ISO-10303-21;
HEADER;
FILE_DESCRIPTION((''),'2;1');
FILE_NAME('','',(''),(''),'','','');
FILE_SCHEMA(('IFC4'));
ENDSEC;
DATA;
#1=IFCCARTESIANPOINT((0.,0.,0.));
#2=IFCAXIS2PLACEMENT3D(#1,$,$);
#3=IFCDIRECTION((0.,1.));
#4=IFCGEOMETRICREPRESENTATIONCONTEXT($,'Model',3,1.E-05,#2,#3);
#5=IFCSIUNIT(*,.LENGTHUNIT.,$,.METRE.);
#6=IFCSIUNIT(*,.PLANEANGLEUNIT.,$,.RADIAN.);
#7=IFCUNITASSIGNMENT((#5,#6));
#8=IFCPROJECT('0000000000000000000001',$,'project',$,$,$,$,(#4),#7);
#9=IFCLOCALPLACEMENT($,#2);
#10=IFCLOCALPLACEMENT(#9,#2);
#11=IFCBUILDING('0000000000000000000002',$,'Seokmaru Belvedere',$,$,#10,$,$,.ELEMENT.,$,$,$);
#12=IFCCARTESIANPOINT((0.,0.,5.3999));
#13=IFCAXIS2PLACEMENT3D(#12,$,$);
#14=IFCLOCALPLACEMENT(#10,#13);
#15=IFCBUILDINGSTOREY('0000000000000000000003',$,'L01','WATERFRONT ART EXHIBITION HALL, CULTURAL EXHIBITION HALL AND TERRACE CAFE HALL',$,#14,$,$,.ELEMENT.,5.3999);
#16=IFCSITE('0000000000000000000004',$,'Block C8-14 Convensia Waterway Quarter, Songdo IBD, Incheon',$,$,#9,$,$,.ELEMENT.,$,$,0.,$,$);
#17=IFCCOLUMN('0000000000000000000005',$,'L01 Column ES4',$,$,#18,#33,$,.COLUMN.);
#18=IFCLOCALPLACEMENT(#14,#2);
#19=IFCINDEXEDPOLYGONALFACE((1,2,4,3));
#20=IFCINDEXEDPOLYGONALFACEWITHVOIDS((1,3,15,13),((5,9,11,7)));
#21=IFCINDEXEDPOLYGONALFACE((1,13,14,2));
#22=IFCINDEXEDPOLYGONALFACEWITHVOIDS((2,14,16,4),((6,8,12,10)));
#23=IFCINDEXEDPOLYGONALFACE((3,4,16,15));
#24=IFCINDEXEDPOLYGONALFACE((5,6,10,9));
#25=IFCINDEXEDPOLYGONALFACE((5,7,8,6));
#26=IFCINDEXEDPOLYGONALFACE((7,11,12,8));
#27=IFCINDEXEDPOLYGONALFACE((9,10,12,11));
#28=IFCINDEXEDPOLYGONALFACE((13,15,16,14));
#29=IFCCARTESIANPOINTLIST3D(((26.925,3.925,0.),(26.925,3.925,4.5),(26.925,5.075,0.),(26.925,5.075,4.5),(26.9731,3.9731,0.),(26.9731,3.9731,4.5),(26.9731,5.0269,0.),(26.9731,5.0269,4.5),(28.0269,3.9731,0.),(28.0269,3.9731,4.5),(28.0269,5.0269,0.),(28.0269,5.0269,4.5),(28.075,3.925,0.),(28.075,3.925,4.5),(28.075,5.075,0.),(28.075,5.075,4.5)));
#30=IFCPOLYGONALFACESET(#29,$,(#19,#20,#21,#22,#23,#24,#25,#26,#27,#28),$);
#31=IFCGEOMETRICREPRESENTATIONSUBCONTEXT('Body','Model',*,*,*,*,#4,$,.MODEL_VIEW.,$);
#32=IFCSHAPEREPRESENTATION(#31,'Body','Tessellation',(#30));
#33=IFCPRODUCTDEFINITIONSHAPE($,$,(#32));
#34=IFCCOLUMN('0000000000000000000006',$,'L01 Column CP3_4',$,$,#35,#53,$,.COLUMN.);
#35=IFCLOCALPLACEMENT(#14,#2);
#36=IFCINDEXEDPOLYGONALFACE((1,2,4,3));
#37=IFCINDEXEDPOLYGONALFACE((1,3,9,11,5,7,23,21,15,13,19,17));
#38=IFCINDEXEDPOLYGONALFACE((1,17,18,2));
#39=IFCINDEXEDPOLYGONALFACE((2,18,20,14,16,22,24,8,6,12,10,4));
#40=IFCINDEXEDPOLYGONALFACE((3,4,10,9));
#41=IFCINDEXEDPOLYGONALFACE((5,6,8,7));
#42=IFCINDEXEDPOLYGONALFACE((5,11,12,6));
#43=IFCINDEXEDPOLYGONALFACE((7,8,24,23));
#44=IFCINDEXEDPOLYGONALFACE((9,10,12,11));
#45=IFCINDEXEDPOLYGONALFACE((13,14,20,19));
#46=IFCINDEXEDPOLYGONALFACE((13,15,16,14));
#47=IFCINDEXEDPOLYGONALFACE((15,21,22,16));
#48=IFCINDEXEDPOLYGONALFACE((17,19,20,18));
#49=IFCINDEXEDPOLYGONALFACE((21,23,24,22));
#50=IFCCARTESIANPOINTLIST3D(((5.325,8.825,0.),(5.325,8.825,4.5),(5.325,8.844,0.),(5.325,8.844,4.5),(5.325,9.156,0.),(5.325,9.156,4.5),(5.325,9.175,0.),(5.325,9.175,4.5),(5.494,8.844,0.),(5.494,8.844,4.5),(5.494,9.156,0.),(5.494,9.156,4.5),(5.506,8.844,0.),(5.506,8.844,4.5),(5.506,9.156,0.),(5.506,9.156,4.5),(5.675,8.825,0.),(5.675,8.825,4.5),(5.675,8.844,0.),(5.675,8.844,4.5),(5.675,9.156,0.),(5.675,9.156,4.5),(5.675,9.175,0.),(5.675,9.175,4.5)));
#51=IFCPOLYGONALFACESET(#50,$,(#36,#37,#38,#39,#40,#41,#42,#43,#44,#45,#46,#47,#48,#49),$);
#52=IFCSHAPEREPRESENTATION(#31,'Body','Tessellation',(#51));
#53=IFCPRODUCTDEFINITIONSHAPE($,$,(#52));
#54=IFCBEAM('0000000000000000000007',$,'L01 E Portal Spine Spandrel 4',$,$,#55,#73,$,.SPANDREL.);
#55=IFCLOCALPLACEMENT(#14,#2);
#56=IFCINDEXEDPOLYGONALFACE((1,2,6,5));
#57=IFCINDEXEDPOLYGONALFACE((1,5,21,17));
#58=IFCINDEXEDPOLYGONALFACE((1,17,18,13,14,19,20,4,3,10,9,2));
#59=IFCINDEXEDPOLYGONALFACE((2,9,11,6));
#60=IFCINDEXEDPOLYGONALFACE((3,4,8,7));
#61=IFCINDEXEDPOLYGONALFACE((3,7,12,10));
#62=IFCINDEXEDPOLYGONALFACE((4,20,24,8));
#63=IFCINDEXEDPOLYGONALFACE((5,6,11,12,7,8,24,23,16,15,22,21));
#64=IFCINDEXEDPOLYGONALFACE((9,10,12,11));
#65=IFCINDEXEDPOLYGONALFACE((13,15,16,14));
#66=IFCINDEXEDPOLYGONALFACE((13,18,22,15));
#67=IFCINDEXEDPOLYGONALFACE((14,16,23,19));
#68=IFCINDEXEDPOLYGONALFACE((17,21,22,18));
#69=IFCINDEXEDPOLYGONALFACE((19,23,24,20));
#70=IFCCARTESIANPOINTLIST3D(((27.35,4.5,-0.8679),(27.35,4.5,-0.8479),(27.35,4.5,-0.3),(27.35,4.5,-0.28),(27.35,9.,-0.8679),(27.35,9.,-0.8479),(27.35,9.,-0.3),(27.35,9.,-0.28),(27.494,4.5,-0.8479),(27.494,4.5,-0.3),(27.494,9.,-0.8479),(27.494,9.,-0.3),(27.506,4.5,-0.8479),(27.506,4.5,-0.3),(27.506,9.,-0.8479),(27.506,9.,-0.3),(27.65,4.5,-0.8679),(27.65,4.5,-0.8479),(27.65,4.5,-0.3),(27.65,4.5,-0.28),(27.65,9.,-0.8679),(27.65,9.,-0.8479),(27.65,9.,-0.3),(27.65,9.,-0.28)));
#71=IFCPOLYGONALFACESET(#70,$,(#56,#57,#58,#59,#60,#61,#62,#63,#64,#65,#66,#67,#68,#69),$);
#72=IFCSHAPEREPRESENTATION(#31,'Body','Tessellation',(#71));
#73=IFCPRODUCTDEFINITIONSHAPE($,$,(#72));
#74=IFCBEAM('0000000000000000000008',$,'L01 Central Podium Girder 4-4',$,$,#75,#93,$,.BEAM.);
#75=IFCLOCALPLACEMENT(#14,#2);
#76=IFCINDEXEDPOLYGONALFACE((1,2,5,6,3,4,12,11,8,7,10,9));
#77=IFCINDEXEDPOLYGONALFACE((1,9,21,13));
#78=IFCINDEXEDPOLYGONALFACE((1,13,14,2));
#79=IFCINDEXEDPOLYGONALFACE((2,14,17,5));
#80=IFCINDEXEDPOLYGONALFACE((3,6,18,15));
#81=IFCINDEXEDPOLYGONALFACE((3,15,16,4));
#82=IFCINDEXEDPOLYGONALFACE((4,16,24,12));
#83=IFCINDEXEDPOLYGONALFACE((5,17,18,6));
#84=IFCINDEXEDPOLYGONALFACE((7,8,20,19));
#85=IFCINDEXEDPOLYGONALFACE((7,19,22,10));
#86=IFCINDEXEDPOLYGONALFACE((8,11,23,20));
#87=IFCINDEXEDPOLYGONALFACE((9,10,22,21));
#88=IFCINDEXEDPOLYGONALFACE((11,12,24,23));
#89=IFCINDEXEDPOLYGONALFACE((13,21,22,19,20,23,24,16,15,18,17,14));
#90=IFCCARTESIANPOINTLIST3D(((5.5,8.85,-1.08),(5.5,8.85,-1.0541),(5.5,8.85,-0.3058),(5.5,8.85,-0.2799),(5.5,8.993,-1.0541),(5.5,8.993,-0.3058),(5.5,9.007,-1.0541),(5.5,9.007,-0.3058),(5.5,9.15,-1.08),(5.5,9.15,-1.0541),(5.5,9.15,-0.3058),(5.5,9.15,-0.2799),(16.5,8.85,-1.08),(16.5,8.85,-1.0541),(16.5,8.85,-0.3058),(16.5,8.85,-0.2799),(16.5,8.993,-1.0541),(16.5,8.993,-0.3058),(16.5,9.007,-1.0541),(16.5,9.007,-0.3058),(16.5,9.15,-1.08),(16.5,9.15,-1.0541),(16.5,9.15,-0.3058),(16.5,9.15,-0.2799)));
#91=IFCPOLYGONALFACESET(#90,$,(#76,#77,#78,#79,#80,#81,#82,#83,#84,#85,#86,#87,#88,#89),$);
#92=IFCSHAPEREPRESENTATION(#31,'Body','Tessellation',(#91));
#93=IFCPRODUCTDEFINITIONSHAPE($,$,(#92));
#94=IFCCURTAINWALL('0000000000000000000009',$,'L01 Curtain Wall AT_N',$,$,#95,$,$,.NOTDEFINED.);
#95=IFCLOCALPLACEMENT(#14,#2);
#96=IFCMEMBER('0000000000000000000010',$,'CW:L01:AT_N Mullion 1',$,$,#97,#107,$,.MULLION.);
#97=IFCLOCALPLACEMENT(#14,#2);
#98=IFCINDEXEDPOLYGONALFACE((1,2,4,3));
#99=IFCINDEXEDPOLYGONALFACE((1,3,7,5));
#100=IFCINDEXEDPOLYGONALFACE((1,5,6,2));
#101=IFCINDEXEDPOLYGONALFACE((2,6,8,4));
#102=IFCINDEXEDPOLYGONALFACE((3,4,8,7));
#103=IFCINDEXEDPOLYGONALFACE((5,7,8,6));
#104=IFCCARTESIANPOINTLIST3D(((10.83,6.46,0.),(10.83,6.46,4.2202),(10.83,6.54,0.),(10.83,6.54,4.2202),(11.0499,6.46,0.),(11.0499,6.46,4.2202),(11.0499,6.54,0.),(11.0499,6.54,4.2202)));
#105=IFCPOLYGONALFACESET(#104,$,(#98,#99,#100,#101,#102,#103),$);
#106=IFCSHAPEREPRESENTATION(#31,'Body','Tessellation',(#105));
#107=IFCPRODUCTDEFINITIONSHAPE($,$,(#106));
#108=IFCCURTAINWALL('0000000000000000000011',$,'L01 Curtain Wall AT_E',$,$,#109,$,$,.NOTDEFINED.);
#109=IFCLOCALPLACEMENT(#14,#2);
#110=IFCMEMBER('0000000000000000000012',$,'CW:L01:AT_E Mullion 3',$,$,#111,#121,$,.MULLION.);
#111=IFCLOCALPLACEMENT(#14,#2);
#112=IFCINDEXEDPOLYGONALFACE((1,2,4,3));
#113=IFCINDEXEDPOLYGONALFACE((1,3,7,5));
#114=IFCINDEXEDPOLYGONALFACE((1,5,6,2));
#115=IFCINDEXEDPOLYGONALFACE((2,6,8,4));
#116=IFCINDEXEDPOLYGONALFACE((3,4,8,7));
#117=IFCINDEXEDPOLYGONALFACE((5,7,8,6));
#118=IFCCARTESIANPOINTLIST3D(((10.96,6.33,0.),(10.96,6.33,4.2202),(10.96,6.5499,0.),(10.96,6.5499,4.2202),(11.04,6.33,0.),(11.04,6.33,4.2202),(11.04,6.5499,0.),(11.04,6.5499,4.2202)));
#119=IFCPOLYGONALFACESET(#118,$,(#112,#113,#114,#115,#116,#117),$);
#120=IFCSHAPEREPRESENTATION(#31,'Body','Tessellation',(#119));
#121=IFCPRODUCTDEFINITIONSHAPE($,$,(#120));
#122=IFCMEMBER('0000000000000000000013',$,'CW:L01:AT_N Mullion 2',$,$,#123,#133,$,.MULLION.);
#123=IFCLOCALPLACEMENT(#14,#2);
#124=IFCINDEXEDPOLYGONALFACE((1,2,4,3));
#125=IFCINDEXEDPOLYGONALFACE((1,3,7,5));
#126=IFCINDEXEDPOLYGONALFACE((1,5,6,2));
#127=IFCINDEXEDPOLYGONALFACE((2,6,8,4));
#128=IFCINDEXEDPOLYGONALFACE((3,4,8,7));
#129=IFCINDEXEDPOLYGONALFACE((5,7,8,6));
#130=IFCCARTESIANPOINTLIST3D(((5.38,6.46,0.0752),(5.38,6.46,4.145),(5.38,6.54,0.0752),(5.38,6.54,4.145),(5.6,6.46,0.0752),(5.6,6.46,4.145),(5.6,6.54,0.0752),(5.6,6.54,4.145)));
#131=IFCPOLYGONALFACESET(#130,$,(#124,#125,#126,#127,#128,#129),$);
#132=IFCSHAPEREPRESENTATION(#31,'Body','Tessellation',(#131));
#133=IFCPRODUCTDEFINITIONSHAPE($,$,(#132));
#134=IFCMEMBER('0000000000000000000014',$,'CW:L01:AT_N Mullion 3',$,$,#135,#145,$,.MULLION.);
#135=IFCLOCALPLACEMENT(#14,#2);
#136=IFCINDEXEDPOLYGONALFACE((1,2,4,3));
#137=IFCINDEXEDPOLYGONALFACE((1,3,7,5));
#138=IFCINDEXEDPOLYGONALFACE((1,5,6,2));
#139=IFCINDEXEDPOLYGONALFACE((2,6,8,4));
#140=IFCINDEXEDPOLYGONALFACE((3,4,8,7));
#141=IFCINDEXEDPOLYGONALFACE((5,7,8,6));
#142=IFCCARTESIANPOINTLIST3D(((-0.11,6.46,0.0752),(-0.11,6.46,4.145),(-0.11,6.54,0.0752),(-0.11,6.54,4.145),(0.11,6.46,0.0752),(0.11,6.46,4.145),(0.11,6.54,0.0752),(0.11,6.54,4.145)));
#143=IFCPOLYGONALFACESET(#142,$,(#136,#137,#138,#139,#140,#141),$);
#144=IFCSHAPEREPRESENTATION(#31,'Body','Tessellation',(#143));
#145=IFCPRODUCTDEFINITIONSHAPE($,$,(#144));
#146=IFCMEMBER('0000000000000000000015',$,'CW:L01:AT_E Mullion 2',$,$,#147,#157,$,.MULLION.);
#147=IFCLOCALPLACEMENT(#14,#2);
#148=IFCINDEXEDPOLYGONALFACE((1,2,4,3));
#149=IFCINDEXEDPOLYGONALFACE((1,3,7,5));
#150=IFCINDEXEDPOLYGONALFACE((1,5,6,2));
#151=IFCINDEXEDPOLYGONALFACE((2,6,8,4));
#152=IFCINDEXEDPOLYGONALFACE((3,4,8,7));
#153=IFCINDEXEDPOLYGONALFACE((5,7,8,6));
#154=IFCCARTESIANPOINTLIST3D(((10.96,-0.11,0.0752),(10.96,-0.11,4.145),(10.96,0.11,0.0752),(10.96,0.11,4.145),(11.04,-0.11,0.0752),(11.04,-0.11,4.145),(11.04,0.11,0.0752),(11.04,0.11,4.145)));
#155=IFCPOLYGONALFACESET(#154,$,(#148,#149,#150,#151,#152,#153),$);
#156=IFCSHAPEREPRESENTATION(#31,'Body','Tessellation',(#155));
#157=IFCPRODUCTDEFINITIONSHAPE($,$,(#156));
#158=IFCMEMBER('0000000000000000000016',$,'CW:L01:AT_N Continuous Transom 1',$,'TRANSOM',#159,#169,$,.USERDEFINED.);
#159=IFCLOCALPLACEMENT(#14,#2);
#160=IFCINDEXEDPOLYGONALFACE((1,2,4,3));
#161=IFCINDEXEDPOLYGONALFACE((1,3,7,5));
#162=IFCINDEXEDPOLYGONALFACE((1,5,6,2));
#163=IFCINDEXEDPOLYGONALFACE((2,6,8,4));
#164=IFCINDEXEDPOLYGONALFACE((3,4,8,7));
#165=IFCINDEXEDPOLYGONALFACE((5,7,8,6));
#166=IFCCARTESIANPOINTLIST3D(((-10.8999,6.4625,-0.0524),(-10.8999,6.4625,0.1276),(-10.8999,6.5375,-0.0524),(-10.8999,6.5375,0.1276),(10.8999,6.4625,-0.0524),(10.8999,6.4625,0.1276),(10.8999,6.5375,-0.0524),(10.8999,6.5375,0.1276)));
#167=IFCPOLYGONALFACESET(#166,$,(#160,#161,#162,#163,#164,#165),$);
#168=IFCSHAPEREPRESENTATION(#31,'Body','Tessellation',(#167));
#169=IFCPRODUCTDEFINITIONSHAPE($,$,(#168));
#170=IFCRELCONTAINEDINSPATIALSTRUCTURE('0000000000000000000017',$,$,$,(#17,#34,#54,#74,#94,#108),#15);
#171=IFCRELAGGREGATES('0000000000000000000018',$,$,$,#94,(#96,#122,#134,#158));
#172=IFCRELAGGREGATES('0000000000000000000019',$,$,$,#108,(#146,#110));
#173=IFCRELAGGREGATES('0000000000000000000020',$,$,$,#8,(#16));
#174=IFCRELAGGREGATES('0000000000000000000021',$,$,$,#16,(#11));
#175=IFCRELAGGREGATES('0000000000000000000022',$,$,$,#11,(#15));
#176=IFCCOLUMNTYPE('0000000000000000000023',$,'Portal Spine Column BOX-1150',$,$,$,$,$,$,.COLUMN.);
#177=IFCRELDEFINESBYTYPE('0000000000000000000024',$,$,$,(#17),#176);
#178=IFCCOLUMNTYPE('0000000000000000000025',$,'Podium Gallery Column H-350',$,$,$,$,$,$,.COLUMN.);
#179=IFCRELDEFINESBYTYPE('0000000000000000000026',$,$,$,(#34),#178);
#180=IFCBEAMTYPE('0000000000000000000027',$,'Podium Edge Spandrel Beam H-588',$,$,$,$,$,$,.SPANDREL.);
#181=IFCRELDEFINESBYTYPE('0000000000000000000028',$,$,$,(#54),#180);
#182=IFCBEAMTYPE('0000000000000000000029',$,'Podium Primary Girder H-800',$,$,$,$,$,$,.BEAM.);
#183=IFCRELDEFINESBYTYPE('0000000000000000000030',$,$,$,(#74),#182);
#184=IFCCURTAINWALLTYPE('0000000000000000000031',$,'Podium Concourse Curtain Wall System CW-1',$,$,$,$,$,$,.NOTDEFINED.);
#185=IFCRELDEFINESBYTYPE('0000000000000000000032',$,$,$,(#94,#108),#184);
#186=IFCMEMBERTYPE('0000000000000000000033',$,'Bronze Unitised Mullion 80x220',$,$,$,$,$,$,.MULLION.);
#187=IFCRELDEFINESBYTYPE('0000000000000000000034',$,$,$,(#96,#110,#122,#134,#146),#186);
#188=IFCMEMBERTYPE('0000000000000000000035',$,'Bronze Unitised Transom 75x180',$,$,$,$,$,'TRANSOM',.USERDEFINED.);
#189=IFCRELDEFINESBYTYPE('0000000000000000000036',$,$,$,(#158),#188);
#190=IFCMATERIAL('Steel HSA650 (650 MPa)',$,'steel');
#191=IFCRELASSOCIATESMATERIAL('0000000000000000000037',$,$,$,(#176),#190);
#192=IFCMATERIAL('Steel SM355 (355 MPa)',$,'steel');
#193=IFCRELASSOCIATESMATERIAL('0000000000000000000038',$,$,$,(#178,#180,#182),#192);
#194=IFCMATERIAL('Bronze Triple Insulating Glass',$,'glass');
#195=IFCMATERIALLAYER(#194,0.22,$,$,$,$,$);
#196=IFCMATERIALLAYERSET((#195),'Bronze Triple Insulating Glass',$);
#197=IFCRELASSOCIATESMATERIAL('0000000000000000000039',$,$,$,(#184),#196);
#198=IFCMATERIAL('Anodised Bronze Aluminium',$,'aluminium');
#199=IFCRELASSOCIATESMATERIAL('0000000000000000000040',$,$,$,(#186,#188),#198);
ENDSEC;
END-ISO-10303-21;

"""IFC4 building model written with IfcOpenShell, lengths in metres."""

from ifc_helpers import new_model, si_unit, direction, frame, origin, origin_2d, place, context, subcontext, project, spatial, rectangle, hollow_rectangle, i_section, extrude, source, transform, mapped, material, layer, layer_set, material_profile, profile_set, type_object, type_shapes, element, aggregate, save


model = new_model("IFC4")

# Units and contexts
model_context = context("Model", 3, precision=1e-05, world=origin(), true_north=direction((0.0, 1.0)))
body_context = subcontext(model_context, "Body", "Model", "MODEL_VIEW")
ifc_project = project(units=[si_unit("LENGTHUNIT", "METRE"), si_unit("PLANEANGLEUNIT", "RADIAN")], contexts=[model_context])

# Site, building, storey
site_placement = place(None, origin())
site = spatial("IfcSite", under=ifc_project, at=site_placement, Name="Block C8-14 Convensia Waterway Quarter, Songdo IBD, Incheon", CompositionType="ELEMENT", RefElevation=0.0)
building_placement = place(site_placement, origin())
building = spatial("IfcBuilding", under=site, at=building_placement, Name="Seokmaru Belvedere", CompositionType="ELEMENT")
storey_placement = place(building_placement, frame((0.0, 0.0, 5.3999)))
storey = spatial("IfcBuildingStorey", under=building, at=storey_placement, Name="L01", Description="WATERFRONT ART EXHIBITION HALL, CULTURAL EXHIBITION HALL AND TERRACE CAFE HALL", CompositionType="ELEMENT", Elevation=5.3999)

# Columns
ifc_material_1 = material(Name="Steel HSA650 (650 MPa)", Category="steel")
ifc_material_profile_1 = material_profile(ifc_material_1, hollow_rectangle(XDim=1.1499, YDim=1.1499, WallThickness=0.0481, at=origin_2d()), Name="BOX-1150x1150x48")
ifc_profile_set_1 = profile_set([ifc_material_profile_1], Name="Steel HSA650 (650 MPa)")
column_type_1 = type_object("IfcColumnType", Name="Portal Spine Column BOX-1150", PredefinedType="COLUMN", material=ifc_profile_set_1)
shared_shape_1 = source(origin(), body_context, "Body", "SweptSolid", [
    extrude(hollow_rectangle(XDim=1.1499, YDim=1.1499, WallThickness=0.0481, at=origin_2d()), origin(), (0.0, 0.0, 1.0), 4.5),
])
type_shapes(column_type_1, [shared_shape_1])
column_1_placement = place(storey_placement, frame((27.5, 4.5, 0.0), z_axis=(0.0, 0.0, 1.0), x_axis=(1.0, 0.0, 0.0)))
element("IfcColumn", 1, at=column_1_placement, inside=storey, type_object=column_type_1, Name="L01 Column ES4", PredefinedType="COLUMN", context=body_context, shape_type="MappedRepresentation", body=[
    mapped(shared_shape_1, transform((0.0, 0.0, 0.0), scale=1.0)),
])
ifc_material_2 = material(Name="Steel SM355 (355 MPa)", Category="steel")
ifc_material_profile_2 = material_profile(ifc_material_2, i_section(OverallWidth=0.3501, OverallDepth=0.3501, WebThickness=0.012, FlangeThickness=0.019, at=origin_2d()), Name="H-350x350x12x19")
ifc_profile_set_2 = profile_set([ifc_material_profile_2], Name="Steel SM355 (355 MPa)")
column_type_2 = type_object("IfcColumnType", Name="Podium Gallery Column H-350", PredefinedType="COLUMN", material=ifc_profile_set_2)
shared_shape_2 = source(origin(), body_context, "Body", "SweptSolid", [
    extrude(i_section(OverallWidth=0.3501, OverallDepth=0.3501, WebThickness=0.012, FlangeThickness=0.019, at=origin_2d()), origin(), (0.0, 0.0, 1.0), 4.5),
])
type_shapes(column_type_2, [shared_shape_2])
column_2_placement = place(storey_placement, frame((5.5, 9.0, 0.0), z_axis=(0.0, 0.0, 1.0), x_axis=(1.0, 0.0, 0.0)))
element("IfcColumn", 2, at=column_2_placement, inside=storey, type_object=column_type_2, Name="L01 Column CP3_4", PredefinedType="COLUMN", context=body_context, shape_type="MappedRepresentation", body=[
    mapped(shared_shape_2, transform((0.0, 0.0, 0.0), scale=1.0)),
])

# Beams
ifc_material_profile_3 = material_profile(ifc_material_2, i_section(OverallWidth=0.3, OverallDepth=0.5879, WebThickness=0.012, FlangeThickness=0.02, at=origin_2d()), Name="H-588x300x12x20")
ifc_profile_set_3 = profile_set([ifc_material_profile_3], Name="Steel SM355 (355 MPa)")
beam_type_1 = type_object("IfcBeamType", Name="Podium Edge Spandrel Beam H-588", PredefinedType="SPANDREL", material=ifc_profile_set_3)
shared_shape_3 = source(origin(), body_context, "Body", "SweptSolid", [
    extrude(i_section(OverallWidth=0.3, OverallDepth=0.5879, WebThickness=0.012, FlangeThickness=0.02, at=origin_2d()), origin(), (0.0, 0.0, 1.0), 4.5),
])
type_shapes(beam_type_1, [shared_shape_3])
beam_1_placement = place(storey_placement, frame((27.5, 4.5, -0.574), z_axis=(0.0, 1.0, 0.0), x_axis=(-1.0, 0.0, 0.0)))
element("IfcBeam", 3, at=beam_1_placement, inside=storey, type_object=beam_type_1, Name="L01 E Portal Spine Spandrel 4", PredefinedType="SPANDREL", context=body_context, shape_type="MappedRepresentation", body=[
    mapped(shared_shape_3, transform((0.0, 0.0, 0.0), scale=1.0)),
])
ifc_material_profile_4 = material_profile(ifc_material_2, i_section(OverallWidth=0.3, OverallDepth=0.8, WebThickness=0.0139, FlangeThickness=0.0259, at=origin_2d()), Name="H-800x300x14x26")
ifc_profile_set_4 = profile_set([ifc_material_profile_4], Name="Steel SM355 (355 MPa)")
beam_type_2 = type_object("IfcBeamType", Name="Podium Primary Girder H-800", PredefinedType="BEAM", material=ifc_profile_set_4)
shared_shape_4 = source(origin(), body_context, "Body", "SweptSolid", [
    extrude(i_section(OverallWidth=0.3, OverallDepth=0.8, WebThickness=0.0139, FlangeThickness=0.0259, at=origin_2d()), origin(), (0.0, 0.0, 1.0), 11.0),
])
type_shapes(beam_type_2, [shared_shape_4])
beam_2_placement = place(storey_placement, frame((5.5, 9.0, -0.6799), z_axis=(1.0, 0.0, 0.0), x_axis=(0.0, 1.0, 0.0)))
element("IfcBeam", 4, at=beam_2_placement, inside=storey, type_object=beam_type_2, Name="L01 Central Podium Girder 4-4", PredefinedType="BEAM", context=body_context, shape_type="MappedRepresentation", body=[
    mapped(shared_shape_4, transform((0.0, 0.0, 0.0), scale=1.0)),
])

# Curtain walls, members
ifc_material_3 = material(Name="Bronze Triple Insulating Glass", Category="glass")
ifc_layer_1 = layer(ifc_material_3, 0.22)
ifc_layer_set_1 = layer_set([ifc_layer_1], Name="Bronze Triple Insulating Glass")
curtain_wall_type = type_object("IfcCurtainWallType", Name="Podium Concourse Curtain Wall System CW-1", PredefinedType="NOTDEFINED", material=ifc_layer_set_1)
curtain_wall_1_placement = place(storey_placement, origin())
curtain_wall_1 = element("IfcCurtainWall", 5, at=curtain_wall_1_placement, inside=storey, type_object=curtain_wall_type, Name="L01 Curtain Wall AT_N", PredefinedType="NOTDEFINED")
ifc_material_4 = material(Name="Anodised Bronze Aluminium", Category="aluminium")
ifc_material_profile_5 = material_profile(ifc_material_4, rectangle(XDim=0.0801, YDim=0.22, at=origin_2d()), Name="CW-M-80x220")
ifc_profile_set_5 = profile_set([ifc_material_profile_5], Name="Anodised Bronze Aluminium")
member_type_1 = type_object("IfcMemberType", Name="Bronze Unitised Mullion 80x220", PredefinedType="MULLION", material=ifc_profile_set_5)
shared_shape_5 = source(origin(), body_context, "Body", "SweptSolid", [
    extrude(rectangle(XDim=0.0801, YDim=0.22, at=origin_2d()), origin(), (0.0, 0.0, 1.0), 4.2202),
])
member_1_placement = place(storey_placement, frame((10.9399, 6.5, 0.0), z_axis=(0.0, 0.0, 1.0), x_axis=(0.0, -1.0, 0.0)))
member_1 = element("IfcMember", 6, at=member_1_placement, type_object=member_type_1, Name="CW:L01:AT_N Mullion 1", PredefinedType="MULLION", context=body_context, shape_type="MappedRepresentation", body=[
    mapped(shared_shape_5, transform((0.0, 0.0, 0.0), scale=1.0)),
])
curtain_wall_2_placement = place(storey_placement, origin())
curtain_wall_2 = element("IfcCurtainWall", 7, at=curtain_wall_2_placement, inside=storey, type_object=curtain_wall_type, Name="L01 Curtain Wall AT_E", PredefinedType="NOTDEFINED")
member_2_placement = place(storey_placement, frame((11.0, 6.4399, 0.0), z_axis=(0.0, 0.0, 1.0), x_axis=(-1.0, 0.0, 0.0)))
member_2 = element("IfcMember", 8, at=member_2_placement, type_object=member_type_1, Name="CW:L01:AT_E Mullion 3", PredefinedType="MULLION", context=body_context, shape_type="MappedRepresentation", body=[
    mapped(shared_shape_5, transform((0.0, 0.0, 0.0), scale=1.0)),
])

# Members
shared_shape_6 = source(origin(), body_context, "Body", "SweptSolid", [
    extrude(rectangle(XDim=0.0801, YDim=0.22, at=origin_2d()), origin(), (0.0, 0.0, 1.0), 4.0698),
])
type_shapes(member_type_1, [shared_shape_5, shared_shape_6])
member_3_placement = place(storey_placement, frame((5.49, 6.5, 0.0752), z_axis=(0.0, 0.0, 1.0), x_axis=(0.0, -1.0, 0.0)))
member_3 = element("IfcMember", 9, at=member_3_placement, type_object=member_type_1, Name="CW:L01:AT_N Mullion 2", PredefinedType="MULLION", context=body_context, shape_type="MappedRepresentation", body=[
    mapped(shared_shape_6, transform((0.0, 0.0, 0.0), scale=1.0)),
])
member_4_placement = place(storey_placement, frame((0.0, 6.5, 0.0752), z_axis=(0.0, 0.0, 1.0), x_axis=(0.0, -1.0, 0.0)))
member_4 = element("IfcMember", 10, at=member_4_placement, type_object=member_type_1, Name="CW:L01:AT_N Mullion 3", PredefinedType="MULLION", context=body_context, shape_type="MappedRepresentation", body=[
    mapped(shared_shape_6, transform((0.0, 0.0, 0.0), scale=1.0)),
])
member_5_placement = place(storey_placement, frame((11.0, 0.0, 0.0752), z_axis=(0.0, 0.0, 1.0), x_axis=(-1.0, 0.0, 0.0)))
member_5 = element("IfcMember", 11, at=member_5_placement, type_object=member_type_1, Name="CW:L01:AT_E Mullion 2", PredefinedType="MULLION", context=body_context, shape_type="MappedRepresentation", body=[
    mapped(shared_shape_6, transform((0.0, 0.0, 0.0), scale=1.0)),
])
ifc_material_profile_6 = material_profile(ifc_material_4, rectangle(XDim=0.075, YDim=0.1799, at=origin_2d()), Name="CW-T-75x180")
ifc_profile_set_6 = profile_set([ifc_material_profile_6], Name="Anodised Bronze Aluminium")
member_type_2 = type_object("IfcMemberType", Name="Bronze Unitised Transom 75x180", ElementType="TRANSOM", PredefinedType="USERDEFINED", material=ifc_profile_set_6)
shared_shape_7 = source(origin(), body_context, "Body", "SweptSolid", [
    extrude(rectangle(XDim=0.075, YDim=0.1799, at=origin_2d()), origin(), (0.0, 0.0, 1.0), 21.7998),
])
type_shapes(member_type_2, [shared_shape_7])
member_6_placement = place(storey_placement, frame((10.8999, 6.5, 0.0376), z_axis=(-1.0, 0.0, 0.0), x_axis=(0.0, -1.0, 0.0)))
member_6 = element("IfcMember", 12, at=member_6_placement, type_object=member_type_2, Name="CW:L01:AT_N Continuous Transom 1", ObjectType="TRANSOM", PredefinedType="USERDEFINED", context=body_context, shape_type="MappedRepresentation", body=[
    mapped(shared_shape_7, transform((0.0, 0.0, 0.0), scale=1.0)),
])

aggregate(curtain_wall_1, [member_1, member_3, member_4, member_6])
aggregate(curtain_wall_2, [member_5, member_2])

save(model, "model.ifc")
